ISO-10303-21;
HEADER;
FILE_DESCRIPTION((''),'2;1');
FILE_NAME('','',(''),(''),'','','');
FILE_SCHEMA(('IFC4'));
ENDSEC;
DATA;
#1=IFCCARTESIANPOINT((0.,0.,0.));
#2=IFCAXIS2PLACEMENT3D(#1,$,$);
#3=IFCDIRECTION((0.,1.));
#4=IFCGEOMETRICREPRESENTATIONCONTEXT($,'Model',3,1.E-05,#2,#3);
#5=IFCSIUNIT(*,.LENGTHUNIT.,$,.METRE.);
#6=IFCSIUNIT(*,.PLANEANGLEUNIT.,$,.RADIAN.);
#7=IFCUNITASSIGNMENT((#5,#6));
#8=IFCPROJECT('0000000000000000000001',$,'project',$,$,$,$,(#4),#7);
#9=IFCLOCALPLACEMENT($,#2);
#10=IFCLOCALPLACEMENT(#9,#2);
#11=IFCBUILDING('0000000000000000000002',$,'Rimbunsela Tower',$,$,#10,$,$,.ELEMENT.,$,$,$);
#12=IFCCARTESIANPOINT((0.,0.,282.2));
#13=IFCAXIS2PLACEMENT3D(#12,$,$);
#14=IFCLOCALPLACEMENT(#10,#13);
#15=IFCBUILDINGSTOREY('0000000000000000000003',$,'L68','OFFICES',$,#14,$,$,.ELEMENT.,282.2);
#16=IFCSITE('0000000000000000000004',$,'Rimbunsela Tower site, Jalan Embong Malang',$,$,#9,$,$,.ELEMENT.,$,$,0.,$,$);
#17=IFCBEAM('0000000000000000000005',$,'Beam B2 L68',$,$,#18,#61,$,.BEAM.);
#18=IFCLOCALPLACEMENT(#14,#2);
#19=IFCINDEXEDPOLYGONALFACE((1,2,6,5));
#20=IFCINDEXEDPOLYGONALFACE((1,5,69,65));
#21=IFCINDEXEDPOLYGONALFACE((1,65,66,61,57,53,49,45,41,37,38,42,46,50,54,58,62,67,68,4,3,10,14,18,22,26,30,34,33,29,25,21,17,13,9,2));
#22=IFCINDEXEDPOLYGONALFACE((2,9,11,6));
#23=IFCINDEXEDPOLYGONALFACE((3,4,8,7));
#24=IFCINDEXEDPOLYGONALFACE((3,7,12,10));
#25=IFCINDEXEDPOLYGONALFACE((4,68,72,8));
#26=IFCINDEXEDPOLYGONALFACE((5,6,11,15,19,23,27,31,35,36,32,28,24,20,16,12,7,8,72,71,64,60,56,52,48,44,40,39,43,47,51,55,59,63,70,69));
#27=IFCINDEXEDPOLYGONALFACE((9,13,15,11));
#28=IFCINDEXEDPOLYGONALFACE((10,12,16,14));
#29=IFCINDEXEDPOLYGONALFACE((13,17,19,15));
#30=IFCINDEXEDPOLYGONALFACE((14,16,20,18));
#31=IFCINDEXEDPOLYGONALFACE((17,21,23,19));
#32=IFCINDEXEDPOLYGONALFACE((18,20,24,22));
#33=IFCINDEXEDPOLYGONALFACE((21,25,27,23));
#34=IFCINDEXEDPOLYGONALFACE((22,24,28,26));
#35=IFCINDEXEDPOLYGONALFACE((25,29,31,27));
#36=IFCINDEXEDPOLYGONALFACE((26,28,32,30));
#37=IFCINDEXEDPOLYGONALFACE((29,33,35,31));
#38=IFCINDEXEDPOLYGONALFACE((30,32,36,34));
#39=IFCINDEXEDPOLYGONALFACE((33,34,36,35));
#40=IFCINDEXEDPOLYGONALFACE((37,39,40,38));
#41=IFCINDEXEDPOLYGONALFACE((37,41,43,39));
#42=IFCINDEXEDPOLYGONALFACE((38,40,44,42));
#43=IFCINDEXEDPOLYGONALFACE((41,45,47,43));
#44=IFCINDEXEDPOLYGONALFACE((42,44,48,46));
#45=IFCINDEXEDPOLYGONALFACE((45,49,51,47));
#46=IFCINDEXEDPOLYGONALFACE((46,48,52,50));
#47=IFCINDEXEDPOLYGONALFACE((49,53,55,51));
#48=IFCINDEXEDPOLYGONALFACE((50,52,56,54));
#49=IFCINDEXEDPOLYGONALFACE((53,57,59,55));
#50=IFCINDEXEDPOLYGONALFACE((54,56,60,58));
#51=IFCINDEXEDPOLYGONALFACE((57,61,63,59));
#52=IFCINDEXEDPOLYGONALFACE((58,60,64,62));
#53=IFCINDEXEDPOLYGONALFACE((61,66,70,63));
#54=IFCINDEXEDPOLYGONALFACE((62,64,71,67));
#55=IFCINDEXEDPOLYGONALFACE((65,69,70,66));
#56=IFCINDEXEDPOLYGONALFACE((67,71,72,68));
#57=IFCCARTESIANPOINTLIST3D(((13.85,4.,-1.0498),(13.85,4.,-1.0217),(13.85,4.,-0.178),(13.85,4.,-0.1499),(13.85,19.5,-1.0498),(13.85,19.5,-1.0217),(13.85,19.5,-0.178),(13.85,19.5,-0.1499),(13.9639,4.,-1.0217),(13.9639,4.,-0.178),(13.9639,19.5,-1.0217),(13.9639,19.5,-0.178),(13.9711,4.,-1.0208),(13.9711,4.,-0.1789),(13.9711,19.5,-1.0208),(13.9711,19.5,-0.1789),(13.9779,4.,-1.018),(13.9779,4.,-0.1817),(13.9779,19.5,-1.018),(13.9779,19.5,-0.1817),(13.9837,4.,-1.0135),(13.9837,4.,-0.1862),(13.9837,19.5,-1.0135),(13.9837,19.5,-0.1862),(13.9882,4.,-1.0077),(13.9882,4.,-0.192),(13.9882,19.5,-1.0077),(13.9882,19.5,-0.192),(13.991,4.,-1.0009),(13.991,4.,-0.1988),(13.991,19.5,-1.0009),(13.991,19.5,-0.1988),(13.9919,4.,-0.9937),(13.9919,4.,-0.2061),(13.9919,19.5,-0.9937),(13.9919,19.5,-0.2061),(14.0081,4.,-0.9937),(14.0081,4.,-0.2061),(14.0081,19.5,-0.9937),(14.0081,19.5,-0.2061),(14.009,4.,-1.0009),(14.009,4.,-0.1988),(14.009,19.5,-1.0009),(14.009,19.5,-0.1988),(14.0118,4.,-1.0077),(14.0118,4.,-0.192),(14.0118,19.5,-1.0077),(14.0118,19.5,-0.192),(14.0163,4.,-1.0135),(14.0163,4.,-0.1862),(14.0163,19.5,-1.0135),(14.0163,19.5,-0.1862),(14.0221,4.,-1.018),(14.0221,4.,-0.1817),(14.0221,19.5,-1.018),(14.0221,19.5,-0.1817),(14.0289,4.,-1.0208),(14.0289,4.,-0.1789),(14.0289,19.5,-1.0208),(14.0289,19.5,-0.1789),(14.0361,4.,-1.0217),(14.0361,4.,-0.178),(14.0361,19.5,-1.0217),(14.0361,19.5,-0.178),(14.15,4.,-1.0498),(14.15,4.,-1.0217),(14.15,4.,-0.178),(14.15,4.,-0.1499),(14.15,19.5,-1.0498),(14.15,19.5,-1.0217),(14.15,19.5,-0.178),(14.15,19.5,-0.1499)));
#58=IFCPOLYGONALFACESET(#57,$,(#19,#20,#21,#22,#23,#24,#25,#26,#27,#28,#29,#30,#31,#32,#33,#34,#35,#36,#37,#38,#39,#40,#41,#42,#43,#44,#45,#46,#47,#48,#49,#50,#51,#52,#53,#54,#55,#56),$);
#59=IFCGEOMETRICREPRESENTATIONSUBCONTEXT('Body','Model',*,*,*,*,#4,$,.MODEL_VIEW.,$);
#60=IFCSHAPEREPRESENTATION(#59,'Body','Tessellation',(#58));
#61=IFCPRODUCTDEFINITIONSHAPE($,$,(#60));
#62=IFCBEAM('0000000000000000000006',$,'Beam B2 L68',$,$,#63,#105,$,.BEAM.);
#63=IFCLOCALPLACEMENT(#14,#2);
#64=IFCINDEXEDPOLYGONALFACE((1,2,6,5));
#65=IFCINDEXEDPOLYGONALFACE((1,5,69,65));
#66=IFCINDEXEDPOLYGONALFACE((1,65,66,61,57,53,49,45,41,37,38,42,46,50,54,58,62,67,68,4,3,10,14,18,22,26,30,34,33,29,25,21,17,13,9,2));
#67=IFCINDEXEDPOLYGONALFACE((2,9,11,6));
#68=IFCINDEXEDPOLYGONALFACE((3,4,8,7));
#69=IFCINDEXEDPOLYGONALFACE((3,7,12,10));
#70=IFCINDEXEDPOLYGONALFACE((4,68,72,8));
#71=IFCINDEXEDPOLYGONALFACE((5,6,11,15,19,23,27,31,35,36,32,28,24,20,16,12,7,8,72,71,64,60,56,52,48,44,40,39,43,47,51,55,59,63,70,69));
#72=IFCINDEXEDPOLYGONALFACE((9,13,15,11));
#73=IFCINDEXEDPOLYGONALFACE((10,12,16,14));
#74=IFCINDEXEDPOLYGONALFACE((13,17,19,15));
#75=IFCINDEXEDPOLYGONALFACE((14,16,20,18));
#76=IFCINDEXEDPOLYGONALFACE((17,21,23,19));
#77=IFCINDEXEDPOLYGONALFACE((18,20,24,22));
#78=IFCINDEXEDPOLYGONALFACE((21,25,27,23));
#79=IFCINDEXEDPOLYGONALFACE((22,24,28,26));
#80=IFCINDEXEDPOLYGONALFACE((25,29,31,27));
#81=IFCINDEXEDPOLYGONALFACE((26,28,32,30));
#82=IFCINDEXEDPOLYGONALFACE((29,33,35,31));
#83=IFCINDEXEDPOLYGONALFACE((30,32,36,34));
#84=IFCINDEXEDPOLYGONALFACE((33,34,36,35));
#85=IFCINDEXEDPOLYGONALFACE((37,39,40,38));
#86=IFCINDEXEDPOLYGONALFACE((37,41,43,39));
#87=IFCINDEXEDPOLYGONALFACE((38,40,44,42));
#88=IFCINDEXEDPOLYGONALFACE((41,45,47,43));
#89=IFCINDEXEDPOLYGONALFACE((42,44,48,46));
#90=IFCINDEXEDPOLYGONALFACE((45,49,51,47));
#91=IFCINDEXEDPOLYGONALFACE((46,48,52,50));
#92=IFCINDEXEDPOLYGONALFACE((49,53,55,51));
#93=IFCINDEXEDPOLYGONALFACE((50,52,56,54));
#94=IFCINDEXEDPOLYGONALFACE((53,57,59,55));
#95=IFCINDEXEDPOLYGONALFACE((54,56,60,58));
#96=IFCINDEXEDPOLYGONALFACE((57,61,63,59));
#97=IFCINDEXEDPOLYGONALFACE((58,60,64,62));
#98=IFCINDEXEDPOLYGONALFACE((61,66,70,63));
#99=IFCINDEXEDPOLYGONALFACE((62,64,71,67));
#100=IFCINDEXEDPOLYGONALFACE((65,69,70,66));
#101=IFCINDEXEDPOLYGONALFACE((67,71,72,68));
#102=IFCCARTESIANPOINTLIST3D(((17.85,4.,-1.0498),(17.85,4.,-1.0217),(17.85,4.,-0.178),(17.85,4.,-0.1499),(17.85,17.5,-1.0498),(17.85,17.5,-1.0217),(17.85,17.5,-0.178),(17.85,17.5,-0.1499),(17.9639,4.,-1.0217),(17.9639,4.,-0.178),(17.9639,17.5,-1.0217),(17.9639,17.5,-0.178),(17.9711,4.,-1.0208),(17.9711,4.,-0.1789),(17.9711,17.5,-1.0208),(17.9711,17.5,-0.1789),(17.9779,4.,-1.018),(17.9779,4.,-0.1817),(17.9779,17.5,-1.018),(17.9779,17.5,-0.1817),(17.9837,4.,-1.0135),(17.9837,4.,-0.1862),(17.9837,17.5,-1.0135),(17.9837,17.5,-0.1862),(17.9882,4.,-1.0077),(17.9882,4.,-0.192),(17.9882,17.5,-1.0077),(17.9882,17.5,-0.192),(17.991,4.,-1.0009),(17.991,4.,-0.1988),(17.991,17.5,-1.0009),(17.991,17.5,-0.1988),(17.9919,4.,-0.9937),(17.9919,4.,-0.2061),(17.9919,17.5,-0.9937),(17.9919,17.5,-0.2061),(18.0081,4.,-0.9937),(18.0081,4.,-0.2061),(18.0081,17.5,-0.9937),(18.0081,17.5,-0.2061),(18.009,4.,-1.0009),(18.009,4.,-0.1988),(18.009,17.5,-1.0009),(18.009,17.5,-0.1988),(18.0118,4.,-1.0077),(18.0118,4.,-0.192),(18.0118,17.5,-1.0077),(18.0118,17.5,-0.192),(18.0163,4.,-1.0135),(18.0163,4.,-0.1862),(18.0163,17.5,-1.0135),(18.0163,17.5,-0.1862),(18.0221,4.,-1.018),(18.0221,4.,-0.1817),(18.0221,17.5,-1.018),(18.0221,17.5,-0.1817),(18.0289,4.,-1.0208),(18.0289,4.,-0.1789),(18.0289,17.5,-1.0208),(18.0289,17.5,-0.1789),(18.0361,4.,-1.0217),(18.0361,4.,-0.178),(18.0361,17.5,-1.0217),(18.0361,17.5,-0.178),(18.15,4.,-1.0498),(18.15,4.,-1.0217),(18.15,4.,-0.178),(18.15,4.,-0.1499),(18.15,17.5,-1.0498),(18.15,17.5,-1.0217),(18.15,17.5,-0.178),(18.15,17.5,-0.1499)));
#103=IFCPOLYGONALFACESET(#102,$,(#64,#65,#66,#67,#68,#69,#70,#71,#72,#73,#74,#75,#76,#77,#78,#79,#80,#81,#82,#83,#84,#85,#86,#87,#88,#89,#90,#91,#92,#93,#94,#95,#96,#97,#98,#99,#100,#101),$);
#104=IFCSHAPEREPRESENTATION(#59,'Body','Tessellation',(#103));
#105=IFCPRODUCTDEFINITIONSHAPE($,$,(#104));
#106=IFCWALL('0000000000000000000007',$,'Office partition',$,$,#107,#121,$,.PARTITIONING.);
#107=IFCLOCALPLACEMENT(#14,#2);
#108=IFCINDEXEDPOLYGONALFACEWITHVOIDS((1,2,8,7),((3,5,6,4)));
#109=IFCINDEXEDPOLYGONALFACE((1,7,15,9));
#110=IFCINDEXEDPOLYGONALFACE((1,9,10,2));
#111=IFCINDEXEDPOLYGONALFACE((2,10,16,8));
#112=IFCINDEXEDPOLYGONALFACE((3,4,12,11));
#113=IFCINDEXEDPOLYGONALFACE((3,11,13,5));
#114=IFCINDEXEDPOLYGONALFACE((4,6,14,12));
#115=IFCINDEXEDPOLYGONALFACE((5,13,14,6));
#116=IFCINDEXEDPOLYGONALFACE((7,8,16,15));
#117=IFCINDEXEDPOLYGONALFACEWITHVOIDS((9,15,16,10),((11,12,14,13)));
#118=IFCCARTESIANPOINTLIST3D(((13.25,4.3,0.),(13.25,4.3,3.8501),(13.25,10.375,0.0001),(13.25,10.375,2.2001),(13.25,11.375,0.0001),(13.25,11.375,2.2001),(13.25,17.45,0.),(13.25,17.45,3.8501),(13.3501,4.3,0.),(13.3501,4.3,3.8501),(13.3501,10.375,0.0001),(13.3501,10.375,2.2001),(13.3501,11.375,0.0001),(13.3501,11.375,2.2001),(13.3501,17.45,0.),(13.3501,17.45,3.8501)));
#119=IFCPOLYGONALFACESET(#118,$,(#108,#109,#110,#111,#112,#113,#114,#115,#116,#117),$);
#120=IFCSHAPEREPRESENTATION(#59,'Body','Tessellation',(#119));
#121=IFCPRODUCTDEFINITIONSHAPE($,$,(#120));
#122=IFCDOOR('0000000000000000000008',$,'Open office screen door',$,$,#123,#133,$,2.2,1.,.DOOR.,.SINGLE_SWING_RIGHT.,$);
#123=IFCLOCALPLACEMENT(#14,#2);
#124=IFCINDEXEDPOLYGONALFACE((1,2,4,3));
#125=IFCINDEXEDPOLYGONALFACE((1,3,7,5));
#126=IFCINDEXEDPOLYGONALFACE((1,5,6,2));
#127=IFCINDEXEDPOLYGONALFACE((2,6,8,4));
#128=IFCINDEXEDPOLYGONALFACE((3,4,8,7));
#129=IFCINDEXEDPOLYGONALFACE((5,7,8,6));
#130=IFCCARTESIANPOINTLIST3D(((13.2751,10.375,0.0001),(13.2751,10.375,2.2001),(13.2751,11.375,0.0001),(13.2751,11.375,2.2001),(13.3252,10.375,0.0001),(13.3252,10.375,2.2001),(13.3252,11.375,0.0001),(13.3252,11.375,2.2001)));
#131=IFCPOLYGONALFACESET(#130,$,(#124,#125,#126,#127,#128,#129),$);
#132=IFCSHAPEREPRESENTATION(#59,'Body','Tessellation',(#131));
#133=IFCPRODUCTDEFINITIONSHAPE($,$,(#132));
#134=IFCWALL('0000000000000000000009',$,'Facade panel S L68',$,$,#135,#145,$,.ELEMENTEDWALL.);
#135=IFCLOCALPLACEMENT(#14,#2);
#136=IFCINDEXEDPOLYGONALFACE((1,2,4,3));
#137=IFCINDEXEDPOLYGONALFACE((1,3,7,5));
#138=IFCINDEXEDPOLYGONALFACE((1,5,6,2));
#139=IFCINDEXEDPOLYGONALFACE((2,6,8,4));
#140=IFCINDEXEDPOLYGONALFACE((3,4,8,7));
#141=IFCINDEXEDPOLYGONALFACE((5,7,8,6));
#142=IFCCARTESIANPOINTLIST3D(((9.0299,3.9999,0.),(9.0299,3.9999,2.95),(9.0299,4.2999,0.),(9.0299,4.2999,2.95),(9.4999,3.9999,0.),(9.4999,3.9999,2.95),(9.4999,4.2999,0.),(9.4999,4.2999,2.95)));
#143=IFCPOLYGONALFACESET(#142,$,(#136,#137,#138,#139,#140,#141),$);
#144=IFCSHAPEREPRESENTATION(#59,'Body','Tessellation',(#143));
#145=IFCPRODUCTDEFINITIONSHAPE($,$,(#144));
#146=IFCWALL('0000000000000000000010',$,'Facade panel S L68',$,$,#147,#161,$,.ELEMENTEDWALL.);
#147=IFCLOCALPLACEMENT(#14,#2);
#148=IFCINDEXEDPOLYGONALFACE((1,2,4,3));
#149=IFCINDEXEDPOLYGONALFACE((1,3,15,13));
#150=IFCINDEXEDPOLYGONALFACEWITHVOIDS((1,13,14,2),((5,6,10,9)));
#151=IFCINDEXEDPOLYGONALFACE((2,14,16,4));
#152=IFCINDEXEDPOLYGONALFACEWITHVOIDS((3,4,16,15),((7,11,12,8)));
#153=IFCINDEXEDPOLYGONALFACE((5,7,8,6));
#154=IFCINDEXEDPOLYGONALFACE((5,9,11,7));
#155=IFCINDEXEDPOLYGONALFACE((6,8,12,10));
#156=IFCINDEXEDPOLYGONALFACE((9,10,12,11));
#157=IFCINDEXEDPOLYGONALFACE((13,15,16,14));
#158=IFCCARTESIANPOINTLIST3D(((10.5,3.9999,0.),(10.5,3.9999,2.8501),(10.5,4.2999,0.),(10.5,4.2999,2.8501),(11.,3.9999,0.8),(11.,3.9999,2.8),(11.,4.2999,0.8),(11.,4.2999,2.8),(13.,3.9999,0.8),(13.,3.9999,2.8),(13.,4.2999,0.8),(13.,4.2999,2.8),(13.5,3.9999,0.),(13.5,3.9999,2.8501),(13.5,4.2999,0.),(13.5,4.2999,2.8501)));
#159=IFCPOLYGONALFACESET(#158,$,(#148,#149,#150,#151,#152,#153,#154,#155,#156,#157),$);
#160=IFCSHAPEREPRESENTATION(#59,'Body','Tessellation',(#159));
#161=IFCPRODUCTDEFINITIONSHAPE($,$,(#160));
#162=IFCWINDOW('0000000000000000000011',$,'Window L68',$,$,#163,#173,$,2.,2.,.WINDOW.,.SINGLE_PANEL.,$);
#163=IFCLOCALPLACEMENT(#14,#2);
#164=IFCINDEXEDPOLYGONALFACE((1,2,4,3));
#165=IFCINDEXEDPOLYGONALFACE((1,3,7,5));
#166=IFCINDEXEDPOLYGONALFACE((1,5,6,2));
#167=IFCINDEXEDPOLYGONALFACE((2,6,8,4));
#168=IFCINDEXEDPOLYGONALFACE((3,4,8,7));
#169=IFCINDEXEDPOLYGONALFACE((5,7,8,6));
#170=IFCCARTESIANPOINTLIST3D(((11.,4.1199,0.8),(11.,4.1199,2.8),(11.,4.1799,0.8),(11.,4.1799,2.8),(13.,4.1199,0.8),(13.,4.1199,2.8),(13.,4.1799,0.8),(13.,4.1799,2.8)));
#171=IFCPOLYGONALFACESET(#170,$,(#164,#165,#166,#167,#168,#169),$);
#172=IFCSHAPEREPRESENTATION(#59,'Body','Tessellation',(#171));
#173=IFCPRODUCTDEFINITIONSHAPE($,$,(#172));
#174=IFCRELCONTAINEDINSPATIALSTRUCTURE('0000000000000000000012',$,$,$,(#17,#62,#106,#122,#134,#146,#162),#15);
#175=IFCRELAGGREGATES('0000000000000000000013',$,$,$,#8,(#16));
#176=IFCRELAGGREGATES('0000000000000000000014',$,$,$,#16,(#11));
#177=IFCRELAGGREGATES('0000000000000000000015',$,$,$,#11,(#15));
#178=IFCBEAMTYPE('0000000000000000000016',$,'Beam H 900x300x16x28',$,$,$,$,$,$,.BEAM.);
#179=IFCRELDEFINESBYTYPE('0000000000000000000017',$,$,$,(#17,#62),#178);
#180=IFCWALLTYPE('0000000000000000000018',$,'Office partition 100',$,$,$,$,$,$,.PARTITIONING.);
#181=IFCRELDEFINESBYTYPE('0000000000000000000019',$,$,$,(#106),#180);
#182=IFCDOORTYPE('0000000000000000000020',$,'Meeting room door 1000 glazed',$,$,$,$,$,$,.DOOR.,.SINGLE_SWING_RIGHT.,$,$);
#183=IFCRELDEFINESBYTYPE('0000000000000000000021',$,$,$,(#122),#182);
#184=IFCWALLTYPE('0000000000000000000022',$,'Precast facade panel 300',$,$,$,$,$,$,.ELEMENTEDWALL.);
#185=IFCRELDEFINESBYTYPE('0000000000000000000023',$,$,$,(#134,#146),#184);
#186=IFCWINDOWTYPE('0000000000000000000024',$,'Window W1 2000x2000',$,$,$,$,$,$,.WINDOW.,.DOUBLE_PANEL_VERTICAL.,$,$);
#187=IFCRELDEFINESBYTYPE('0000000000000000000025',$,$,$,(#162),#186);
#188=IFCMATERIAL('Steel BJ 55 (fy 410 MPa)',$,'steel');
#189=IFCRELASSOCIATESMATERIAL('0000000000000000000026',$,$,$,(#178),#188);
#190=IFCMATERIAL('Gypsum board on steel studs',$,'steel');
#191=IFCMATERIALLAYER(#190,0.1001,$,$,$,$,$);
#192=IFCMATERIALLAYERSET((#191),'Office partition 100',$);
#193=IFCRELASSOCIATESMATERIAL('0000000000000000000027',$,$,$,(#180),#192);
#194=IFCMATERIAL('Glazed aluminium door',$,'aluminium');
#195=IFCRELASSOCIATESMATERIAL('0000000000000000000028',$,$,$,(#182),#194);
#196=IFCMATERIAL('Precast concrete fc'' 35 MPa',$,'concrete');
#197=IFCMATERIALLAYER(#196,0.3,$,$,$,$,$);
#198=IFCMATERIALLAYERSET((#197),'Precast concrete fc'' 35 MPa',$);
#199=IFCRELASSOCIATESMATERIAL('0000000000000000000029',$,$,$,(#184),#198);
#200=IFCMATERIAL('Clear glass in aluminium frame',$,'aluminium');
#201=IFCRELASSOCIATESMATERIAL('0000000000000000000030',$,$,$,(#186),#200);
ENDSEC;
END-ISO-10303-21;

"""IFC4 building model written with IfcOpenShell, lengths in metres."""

from ifc_helpers import new_model, si_unit, direction, frame, frame_2d, origin, origin_2d, place, context, subcontext, project, spatial, rectangle, i_section, extrude, material, layer, layer_set, material_profile, profile_set, type_object, element, fill, save


model = new_model("IFC4")

# Units and contexts
model_context = context("Model", 3, precision=1e-05, world=origin(), true_north=direction((0.0, 1.0)))
body_context = subcontext(model_context, "Body", "Model", "MODEL_VIEW")
ifc_project = project(units=[si_unit("LENGTHUNIT", "METRE"), si_unit("PLANEANGLEUNIT", "RADIAN")], contexts=[model_context])

# Site, building, storey
site_placement = place(None, origin())
site = spatial("IfcSite", under=ifc_project, at=site_placement, Name="Rimbunsela Tower site, Jalan Embong Malang", CompositionType="ELEMENT", RefElevation=0.0)
building_placement = place(site_placement, origin())
building = spatial("IfcBuilding", under=site, at=building_placement, Name="Rimbunsela Tower", CompositionType="ELEMENT")
storey_placement = place(building_placement, frame((0.0, 0.0, 282.2)))
storey = spatial("IfcBuildingStorey", under=building, at=storey_placement, Name="L68", Description="OFFICES", CompositionType="ELEMENT", Elevation=282.2)

# Beams
ifc_material_1 = material(Name="Steel BJ 55 (fy 410 MPa)", Category="steel")
ifc_material_profile_1 = material_profile(ifc_material_1, i_section(OverallWidth=0.3, OverallDepth=0.8999, WebThickness=0.0161, FlangeThickness=0.0281, FilletRadius=0.0281, at=origin_2d()), Name="H 900x300x16x28")
ifc_profile_set_1 = profile_set([ifc_material_profile_1], Name="Steel BJ 55 (fy 410 MPa)")
beam_type_1 = type_object("IfcBeamType", Name="Beam H 900x300x16x28", PredefinedType="BEAM", material=ifc_profile_set_1)
for number, where, z_axis, x_axis, name in (
    (1, (14.0, 4.0, -0.5999), (0.0, 1.0, 0.0), (-1.0, 0.0, 0.0), "Beam B2 L68"),
):
    element("IfcBeam", number, at=place(storey_placement, frame(where, z_axis=z_axis, x_axis=x_axis)), inside=storey, type_object=beam_type_1, Name=name, PredefinedType="BEAM", context=body_context, shape_type="SweptSolid", body=[
        extrude(i_section(OverallWidth=0.3, OverallDepth=0.8999, WebThickness=0.0161, FlangeThickness=0.0281, FilletRadius=0.0281, at=origin_2d()), origin(), (0.0, 0.0, 1.0), 15.5),
    ])
beam_placement = place(storey_placement, frame((18.0, 4.0, -0.5999), z_axis=(0.0, 1.0, 0.0), x_axis=(-1.0, 0.0, 0.0)))
element("IfcBeam", 2, at=beam_placement, inside=storey, type_object=beam_type_1, Name="Beam B2 L68", PredefinedType="BEAM", context=body_context, shape_type="SweptSolid", body=[
    extrude(i_section(OverallWidth=0.3, OverallDepth=0.8999, WebThickness=0.0161, FlangeThickness=0.0281, FilletRadius=0.0281, at=origin_2d()), origin(), (0.0, 0.0, 1.0), 13.5),
])

# Wall, opening, door
ifc_material_2 = material(Name="Gypsum board on steel studs", Category="steel")
ifc_layer_1 = layer(ifc_material_2, 0.1001)
ifc_layer_set_1 = layer_set([ifc_layer_1], Name="Office partition 100")
wall_type_1 = type_object("IfcWallType", Name="Office partition 100", PredefinedType="PARTITIONING", material=ifc_layer_set_1)
wall_1_placement = place(storey_placement, frame((13.3, 4.3, 0.0), z_axis=(0.0, 0.0, 1.0), x_axis=(0.0, 1.0, 0.0)))
wall_1 = element("IfcWall", 3, at=wall_1_placement, inside=storey, type_object=wall_type_1, Name="Office partition", PredefinedType="PARTITIONING", context=body_context, shape_type="SweptSolid", body=[
    extrude(rectangle(XDim=13.1499, YDim=0.1001, at=frame_2d((6.575, 0.0))), origin(), (0.0, 0.0, 1.0), 3.8501),
])
opening_1_placement = place(wall_1_placement, frame((6.075, 0.0, 0.0)))
opening_1 = element("IfcOpeningElement", 4, at=opening_1_placement, cuts=wall_1, PredefinedType="OPENING", context=body_context, shape_type="SweptSolid", body=[
    extrude(rectangle(XDim=1.0, YDim=2.2, at=frame_2d((0.5, 1.1001))), frame((0.0, 0.0601, 0.0), z_axis=(0.0, -1.0, 0.0), x_axis=(1.0, 0.0, 0.0)), (0.0, 0.0, 1.0), 0.1201),
])
ifc_material_3 = material(Name="Glazed aluminium door", Category="aluminium")
door_type = type_object("IfcDoorType", Name="Meeting room door 1000 glazed", OperationType="SINGLE_SWING_RIGHT", PredefinedType="DOOR", material=ifc_material_3)
door_placement = place(opening_1_placement, origin())
door = element("IfcDoor", 5, at=door_placement, inside=storey, type_object=door_type, Name="Open office screen door", OperationType="SINGLE_SWING_RIGHT", OverallHeight=2.2, OverallWidth=1.0, PredefinedType="DOOR", context=body_context, shape_type="SweptSolid", body=[
    extrude(rectangle(XDim=1.0, YDim=2.2, at=frame_2d((0.5, 1.1001))), frame((0.0, 0.0249, 0.0), z_axis=(0.0, -1.0, 0.0), x_axis=(1.0, 0.0, 0.0)), (0.0, 0.0, 1.0), 0.05),
])
fill(opening_1, door)

# Wall
ifc_material_4 = material(Name="Precast concrete fc' 35 MPa", Category="concrete")
ifc_layer_2 = layer(ifc_material_4, 0.3)
ifc_layer_set_2 = layer_set([ifc_layer_2], Name="Precast concrete fc' 35 MPa")
wall_type_2 = type_object("IfcWallType", Name="Precast facade panel 300", PredefinedType="ELEMENTEDWALL", material=ifc_layer_set_2)
wall_2_placement = place(storey_placement, frame((9.03, 4.1499, 0.0), z_axis=(0.0, 0.0, 1.0), x_axis=(1.0, 0.0, 0.0)))
element("IfcWall", 6, at=wall_2_placement, inside=storey, type_object=wall_type_2, Name="Facade panel S L68", PredefinedType="ELEMENTEDWALL", context=body_context, shape_type="SweptSolid", body=[
    extrude(rectangle(XDim=0.47, YDim=0.3, at=frame_2d((0.2349, 0.0))), origin(), (0.0, 0.0, 1.0), 2.95),
])

# Wall, opening, window
wall_3_placement = place(storey_placement, frame((10.5, 4.1499, 0.0), z_axis=(0.0, 0.0, 1.0), x_axis=(1.0, 0.0, 0.0)))
wall_3 = element("IfcWall", 7, at=wall_3_placement, inside=storey, type_object=wall_type_2, Name="Facade panel S L68", PredefinedType="ELEMENTEDWALL", context=body_context, shape_type="SweptSolid", body=[
    extrude(rectangle(XDim=3.0, YDim=0.3, at=frame_2d((1.5, 0.0))), origin(), (0.0, 0.0, 1.0), 2.8501),
])
opening_2_placement = place(wall_3_placement, frame((0.5, 0.0, 0.8)))
opening_2 = element("IfcOpeningElement", 8, at=opening_2_placement, cuts=wall_3, PredefinedType="OPENING", context=body_context, shape_type="SweptSolid", body=[
    extrude(rectangle(XDim=2.0, YDim=2.0, at=frame_2d((1.0, 1.0))), frame((0.0, 0.1599, 0.0), z_axis=(0.0, -1.0, 0.0), x_axis=(1.0, 0.0, 0.0)), (0.0, 0.0, 1.0), 0.3201),
])
ifc_material_5 = material(Name="Clear glass in aluminium frame", Category="aluminium")
window_type = type_object("IfcWindowType", Name="Window W1 2000x2000", PartitioningType="DOUBLE_PANEL_VERTICAL", PredefinedType="WINDOW", material=ifc_material_5)
window_1_placement = place(opening_2_placement, origin())
window_1 = element("IfcWindow", 9, at=window_1_placement, inside=storey, type_object=window_type, Name="Window L68", OverallHeight=2.0, OverallWidth=2.0, PartitioningType="SINGLE_PANEL", PredefinedType="WINDOW", context=body_context, shape_type="SweptSolid", body=[
    extrude(rectangle(XDim=2.0, YDim=2.0, at=frame_2d((1.0, 1.0))), frame((0.0, 0.03, 0.0), z_axis=(0.0, -1.0, 0.0), x_axis=(1.0, 0.0, 0.0)), (0.0, 0.0, 1.0), 0.0601),
])
fill(opening_2, window_1)

save(model, "model.ifc")
